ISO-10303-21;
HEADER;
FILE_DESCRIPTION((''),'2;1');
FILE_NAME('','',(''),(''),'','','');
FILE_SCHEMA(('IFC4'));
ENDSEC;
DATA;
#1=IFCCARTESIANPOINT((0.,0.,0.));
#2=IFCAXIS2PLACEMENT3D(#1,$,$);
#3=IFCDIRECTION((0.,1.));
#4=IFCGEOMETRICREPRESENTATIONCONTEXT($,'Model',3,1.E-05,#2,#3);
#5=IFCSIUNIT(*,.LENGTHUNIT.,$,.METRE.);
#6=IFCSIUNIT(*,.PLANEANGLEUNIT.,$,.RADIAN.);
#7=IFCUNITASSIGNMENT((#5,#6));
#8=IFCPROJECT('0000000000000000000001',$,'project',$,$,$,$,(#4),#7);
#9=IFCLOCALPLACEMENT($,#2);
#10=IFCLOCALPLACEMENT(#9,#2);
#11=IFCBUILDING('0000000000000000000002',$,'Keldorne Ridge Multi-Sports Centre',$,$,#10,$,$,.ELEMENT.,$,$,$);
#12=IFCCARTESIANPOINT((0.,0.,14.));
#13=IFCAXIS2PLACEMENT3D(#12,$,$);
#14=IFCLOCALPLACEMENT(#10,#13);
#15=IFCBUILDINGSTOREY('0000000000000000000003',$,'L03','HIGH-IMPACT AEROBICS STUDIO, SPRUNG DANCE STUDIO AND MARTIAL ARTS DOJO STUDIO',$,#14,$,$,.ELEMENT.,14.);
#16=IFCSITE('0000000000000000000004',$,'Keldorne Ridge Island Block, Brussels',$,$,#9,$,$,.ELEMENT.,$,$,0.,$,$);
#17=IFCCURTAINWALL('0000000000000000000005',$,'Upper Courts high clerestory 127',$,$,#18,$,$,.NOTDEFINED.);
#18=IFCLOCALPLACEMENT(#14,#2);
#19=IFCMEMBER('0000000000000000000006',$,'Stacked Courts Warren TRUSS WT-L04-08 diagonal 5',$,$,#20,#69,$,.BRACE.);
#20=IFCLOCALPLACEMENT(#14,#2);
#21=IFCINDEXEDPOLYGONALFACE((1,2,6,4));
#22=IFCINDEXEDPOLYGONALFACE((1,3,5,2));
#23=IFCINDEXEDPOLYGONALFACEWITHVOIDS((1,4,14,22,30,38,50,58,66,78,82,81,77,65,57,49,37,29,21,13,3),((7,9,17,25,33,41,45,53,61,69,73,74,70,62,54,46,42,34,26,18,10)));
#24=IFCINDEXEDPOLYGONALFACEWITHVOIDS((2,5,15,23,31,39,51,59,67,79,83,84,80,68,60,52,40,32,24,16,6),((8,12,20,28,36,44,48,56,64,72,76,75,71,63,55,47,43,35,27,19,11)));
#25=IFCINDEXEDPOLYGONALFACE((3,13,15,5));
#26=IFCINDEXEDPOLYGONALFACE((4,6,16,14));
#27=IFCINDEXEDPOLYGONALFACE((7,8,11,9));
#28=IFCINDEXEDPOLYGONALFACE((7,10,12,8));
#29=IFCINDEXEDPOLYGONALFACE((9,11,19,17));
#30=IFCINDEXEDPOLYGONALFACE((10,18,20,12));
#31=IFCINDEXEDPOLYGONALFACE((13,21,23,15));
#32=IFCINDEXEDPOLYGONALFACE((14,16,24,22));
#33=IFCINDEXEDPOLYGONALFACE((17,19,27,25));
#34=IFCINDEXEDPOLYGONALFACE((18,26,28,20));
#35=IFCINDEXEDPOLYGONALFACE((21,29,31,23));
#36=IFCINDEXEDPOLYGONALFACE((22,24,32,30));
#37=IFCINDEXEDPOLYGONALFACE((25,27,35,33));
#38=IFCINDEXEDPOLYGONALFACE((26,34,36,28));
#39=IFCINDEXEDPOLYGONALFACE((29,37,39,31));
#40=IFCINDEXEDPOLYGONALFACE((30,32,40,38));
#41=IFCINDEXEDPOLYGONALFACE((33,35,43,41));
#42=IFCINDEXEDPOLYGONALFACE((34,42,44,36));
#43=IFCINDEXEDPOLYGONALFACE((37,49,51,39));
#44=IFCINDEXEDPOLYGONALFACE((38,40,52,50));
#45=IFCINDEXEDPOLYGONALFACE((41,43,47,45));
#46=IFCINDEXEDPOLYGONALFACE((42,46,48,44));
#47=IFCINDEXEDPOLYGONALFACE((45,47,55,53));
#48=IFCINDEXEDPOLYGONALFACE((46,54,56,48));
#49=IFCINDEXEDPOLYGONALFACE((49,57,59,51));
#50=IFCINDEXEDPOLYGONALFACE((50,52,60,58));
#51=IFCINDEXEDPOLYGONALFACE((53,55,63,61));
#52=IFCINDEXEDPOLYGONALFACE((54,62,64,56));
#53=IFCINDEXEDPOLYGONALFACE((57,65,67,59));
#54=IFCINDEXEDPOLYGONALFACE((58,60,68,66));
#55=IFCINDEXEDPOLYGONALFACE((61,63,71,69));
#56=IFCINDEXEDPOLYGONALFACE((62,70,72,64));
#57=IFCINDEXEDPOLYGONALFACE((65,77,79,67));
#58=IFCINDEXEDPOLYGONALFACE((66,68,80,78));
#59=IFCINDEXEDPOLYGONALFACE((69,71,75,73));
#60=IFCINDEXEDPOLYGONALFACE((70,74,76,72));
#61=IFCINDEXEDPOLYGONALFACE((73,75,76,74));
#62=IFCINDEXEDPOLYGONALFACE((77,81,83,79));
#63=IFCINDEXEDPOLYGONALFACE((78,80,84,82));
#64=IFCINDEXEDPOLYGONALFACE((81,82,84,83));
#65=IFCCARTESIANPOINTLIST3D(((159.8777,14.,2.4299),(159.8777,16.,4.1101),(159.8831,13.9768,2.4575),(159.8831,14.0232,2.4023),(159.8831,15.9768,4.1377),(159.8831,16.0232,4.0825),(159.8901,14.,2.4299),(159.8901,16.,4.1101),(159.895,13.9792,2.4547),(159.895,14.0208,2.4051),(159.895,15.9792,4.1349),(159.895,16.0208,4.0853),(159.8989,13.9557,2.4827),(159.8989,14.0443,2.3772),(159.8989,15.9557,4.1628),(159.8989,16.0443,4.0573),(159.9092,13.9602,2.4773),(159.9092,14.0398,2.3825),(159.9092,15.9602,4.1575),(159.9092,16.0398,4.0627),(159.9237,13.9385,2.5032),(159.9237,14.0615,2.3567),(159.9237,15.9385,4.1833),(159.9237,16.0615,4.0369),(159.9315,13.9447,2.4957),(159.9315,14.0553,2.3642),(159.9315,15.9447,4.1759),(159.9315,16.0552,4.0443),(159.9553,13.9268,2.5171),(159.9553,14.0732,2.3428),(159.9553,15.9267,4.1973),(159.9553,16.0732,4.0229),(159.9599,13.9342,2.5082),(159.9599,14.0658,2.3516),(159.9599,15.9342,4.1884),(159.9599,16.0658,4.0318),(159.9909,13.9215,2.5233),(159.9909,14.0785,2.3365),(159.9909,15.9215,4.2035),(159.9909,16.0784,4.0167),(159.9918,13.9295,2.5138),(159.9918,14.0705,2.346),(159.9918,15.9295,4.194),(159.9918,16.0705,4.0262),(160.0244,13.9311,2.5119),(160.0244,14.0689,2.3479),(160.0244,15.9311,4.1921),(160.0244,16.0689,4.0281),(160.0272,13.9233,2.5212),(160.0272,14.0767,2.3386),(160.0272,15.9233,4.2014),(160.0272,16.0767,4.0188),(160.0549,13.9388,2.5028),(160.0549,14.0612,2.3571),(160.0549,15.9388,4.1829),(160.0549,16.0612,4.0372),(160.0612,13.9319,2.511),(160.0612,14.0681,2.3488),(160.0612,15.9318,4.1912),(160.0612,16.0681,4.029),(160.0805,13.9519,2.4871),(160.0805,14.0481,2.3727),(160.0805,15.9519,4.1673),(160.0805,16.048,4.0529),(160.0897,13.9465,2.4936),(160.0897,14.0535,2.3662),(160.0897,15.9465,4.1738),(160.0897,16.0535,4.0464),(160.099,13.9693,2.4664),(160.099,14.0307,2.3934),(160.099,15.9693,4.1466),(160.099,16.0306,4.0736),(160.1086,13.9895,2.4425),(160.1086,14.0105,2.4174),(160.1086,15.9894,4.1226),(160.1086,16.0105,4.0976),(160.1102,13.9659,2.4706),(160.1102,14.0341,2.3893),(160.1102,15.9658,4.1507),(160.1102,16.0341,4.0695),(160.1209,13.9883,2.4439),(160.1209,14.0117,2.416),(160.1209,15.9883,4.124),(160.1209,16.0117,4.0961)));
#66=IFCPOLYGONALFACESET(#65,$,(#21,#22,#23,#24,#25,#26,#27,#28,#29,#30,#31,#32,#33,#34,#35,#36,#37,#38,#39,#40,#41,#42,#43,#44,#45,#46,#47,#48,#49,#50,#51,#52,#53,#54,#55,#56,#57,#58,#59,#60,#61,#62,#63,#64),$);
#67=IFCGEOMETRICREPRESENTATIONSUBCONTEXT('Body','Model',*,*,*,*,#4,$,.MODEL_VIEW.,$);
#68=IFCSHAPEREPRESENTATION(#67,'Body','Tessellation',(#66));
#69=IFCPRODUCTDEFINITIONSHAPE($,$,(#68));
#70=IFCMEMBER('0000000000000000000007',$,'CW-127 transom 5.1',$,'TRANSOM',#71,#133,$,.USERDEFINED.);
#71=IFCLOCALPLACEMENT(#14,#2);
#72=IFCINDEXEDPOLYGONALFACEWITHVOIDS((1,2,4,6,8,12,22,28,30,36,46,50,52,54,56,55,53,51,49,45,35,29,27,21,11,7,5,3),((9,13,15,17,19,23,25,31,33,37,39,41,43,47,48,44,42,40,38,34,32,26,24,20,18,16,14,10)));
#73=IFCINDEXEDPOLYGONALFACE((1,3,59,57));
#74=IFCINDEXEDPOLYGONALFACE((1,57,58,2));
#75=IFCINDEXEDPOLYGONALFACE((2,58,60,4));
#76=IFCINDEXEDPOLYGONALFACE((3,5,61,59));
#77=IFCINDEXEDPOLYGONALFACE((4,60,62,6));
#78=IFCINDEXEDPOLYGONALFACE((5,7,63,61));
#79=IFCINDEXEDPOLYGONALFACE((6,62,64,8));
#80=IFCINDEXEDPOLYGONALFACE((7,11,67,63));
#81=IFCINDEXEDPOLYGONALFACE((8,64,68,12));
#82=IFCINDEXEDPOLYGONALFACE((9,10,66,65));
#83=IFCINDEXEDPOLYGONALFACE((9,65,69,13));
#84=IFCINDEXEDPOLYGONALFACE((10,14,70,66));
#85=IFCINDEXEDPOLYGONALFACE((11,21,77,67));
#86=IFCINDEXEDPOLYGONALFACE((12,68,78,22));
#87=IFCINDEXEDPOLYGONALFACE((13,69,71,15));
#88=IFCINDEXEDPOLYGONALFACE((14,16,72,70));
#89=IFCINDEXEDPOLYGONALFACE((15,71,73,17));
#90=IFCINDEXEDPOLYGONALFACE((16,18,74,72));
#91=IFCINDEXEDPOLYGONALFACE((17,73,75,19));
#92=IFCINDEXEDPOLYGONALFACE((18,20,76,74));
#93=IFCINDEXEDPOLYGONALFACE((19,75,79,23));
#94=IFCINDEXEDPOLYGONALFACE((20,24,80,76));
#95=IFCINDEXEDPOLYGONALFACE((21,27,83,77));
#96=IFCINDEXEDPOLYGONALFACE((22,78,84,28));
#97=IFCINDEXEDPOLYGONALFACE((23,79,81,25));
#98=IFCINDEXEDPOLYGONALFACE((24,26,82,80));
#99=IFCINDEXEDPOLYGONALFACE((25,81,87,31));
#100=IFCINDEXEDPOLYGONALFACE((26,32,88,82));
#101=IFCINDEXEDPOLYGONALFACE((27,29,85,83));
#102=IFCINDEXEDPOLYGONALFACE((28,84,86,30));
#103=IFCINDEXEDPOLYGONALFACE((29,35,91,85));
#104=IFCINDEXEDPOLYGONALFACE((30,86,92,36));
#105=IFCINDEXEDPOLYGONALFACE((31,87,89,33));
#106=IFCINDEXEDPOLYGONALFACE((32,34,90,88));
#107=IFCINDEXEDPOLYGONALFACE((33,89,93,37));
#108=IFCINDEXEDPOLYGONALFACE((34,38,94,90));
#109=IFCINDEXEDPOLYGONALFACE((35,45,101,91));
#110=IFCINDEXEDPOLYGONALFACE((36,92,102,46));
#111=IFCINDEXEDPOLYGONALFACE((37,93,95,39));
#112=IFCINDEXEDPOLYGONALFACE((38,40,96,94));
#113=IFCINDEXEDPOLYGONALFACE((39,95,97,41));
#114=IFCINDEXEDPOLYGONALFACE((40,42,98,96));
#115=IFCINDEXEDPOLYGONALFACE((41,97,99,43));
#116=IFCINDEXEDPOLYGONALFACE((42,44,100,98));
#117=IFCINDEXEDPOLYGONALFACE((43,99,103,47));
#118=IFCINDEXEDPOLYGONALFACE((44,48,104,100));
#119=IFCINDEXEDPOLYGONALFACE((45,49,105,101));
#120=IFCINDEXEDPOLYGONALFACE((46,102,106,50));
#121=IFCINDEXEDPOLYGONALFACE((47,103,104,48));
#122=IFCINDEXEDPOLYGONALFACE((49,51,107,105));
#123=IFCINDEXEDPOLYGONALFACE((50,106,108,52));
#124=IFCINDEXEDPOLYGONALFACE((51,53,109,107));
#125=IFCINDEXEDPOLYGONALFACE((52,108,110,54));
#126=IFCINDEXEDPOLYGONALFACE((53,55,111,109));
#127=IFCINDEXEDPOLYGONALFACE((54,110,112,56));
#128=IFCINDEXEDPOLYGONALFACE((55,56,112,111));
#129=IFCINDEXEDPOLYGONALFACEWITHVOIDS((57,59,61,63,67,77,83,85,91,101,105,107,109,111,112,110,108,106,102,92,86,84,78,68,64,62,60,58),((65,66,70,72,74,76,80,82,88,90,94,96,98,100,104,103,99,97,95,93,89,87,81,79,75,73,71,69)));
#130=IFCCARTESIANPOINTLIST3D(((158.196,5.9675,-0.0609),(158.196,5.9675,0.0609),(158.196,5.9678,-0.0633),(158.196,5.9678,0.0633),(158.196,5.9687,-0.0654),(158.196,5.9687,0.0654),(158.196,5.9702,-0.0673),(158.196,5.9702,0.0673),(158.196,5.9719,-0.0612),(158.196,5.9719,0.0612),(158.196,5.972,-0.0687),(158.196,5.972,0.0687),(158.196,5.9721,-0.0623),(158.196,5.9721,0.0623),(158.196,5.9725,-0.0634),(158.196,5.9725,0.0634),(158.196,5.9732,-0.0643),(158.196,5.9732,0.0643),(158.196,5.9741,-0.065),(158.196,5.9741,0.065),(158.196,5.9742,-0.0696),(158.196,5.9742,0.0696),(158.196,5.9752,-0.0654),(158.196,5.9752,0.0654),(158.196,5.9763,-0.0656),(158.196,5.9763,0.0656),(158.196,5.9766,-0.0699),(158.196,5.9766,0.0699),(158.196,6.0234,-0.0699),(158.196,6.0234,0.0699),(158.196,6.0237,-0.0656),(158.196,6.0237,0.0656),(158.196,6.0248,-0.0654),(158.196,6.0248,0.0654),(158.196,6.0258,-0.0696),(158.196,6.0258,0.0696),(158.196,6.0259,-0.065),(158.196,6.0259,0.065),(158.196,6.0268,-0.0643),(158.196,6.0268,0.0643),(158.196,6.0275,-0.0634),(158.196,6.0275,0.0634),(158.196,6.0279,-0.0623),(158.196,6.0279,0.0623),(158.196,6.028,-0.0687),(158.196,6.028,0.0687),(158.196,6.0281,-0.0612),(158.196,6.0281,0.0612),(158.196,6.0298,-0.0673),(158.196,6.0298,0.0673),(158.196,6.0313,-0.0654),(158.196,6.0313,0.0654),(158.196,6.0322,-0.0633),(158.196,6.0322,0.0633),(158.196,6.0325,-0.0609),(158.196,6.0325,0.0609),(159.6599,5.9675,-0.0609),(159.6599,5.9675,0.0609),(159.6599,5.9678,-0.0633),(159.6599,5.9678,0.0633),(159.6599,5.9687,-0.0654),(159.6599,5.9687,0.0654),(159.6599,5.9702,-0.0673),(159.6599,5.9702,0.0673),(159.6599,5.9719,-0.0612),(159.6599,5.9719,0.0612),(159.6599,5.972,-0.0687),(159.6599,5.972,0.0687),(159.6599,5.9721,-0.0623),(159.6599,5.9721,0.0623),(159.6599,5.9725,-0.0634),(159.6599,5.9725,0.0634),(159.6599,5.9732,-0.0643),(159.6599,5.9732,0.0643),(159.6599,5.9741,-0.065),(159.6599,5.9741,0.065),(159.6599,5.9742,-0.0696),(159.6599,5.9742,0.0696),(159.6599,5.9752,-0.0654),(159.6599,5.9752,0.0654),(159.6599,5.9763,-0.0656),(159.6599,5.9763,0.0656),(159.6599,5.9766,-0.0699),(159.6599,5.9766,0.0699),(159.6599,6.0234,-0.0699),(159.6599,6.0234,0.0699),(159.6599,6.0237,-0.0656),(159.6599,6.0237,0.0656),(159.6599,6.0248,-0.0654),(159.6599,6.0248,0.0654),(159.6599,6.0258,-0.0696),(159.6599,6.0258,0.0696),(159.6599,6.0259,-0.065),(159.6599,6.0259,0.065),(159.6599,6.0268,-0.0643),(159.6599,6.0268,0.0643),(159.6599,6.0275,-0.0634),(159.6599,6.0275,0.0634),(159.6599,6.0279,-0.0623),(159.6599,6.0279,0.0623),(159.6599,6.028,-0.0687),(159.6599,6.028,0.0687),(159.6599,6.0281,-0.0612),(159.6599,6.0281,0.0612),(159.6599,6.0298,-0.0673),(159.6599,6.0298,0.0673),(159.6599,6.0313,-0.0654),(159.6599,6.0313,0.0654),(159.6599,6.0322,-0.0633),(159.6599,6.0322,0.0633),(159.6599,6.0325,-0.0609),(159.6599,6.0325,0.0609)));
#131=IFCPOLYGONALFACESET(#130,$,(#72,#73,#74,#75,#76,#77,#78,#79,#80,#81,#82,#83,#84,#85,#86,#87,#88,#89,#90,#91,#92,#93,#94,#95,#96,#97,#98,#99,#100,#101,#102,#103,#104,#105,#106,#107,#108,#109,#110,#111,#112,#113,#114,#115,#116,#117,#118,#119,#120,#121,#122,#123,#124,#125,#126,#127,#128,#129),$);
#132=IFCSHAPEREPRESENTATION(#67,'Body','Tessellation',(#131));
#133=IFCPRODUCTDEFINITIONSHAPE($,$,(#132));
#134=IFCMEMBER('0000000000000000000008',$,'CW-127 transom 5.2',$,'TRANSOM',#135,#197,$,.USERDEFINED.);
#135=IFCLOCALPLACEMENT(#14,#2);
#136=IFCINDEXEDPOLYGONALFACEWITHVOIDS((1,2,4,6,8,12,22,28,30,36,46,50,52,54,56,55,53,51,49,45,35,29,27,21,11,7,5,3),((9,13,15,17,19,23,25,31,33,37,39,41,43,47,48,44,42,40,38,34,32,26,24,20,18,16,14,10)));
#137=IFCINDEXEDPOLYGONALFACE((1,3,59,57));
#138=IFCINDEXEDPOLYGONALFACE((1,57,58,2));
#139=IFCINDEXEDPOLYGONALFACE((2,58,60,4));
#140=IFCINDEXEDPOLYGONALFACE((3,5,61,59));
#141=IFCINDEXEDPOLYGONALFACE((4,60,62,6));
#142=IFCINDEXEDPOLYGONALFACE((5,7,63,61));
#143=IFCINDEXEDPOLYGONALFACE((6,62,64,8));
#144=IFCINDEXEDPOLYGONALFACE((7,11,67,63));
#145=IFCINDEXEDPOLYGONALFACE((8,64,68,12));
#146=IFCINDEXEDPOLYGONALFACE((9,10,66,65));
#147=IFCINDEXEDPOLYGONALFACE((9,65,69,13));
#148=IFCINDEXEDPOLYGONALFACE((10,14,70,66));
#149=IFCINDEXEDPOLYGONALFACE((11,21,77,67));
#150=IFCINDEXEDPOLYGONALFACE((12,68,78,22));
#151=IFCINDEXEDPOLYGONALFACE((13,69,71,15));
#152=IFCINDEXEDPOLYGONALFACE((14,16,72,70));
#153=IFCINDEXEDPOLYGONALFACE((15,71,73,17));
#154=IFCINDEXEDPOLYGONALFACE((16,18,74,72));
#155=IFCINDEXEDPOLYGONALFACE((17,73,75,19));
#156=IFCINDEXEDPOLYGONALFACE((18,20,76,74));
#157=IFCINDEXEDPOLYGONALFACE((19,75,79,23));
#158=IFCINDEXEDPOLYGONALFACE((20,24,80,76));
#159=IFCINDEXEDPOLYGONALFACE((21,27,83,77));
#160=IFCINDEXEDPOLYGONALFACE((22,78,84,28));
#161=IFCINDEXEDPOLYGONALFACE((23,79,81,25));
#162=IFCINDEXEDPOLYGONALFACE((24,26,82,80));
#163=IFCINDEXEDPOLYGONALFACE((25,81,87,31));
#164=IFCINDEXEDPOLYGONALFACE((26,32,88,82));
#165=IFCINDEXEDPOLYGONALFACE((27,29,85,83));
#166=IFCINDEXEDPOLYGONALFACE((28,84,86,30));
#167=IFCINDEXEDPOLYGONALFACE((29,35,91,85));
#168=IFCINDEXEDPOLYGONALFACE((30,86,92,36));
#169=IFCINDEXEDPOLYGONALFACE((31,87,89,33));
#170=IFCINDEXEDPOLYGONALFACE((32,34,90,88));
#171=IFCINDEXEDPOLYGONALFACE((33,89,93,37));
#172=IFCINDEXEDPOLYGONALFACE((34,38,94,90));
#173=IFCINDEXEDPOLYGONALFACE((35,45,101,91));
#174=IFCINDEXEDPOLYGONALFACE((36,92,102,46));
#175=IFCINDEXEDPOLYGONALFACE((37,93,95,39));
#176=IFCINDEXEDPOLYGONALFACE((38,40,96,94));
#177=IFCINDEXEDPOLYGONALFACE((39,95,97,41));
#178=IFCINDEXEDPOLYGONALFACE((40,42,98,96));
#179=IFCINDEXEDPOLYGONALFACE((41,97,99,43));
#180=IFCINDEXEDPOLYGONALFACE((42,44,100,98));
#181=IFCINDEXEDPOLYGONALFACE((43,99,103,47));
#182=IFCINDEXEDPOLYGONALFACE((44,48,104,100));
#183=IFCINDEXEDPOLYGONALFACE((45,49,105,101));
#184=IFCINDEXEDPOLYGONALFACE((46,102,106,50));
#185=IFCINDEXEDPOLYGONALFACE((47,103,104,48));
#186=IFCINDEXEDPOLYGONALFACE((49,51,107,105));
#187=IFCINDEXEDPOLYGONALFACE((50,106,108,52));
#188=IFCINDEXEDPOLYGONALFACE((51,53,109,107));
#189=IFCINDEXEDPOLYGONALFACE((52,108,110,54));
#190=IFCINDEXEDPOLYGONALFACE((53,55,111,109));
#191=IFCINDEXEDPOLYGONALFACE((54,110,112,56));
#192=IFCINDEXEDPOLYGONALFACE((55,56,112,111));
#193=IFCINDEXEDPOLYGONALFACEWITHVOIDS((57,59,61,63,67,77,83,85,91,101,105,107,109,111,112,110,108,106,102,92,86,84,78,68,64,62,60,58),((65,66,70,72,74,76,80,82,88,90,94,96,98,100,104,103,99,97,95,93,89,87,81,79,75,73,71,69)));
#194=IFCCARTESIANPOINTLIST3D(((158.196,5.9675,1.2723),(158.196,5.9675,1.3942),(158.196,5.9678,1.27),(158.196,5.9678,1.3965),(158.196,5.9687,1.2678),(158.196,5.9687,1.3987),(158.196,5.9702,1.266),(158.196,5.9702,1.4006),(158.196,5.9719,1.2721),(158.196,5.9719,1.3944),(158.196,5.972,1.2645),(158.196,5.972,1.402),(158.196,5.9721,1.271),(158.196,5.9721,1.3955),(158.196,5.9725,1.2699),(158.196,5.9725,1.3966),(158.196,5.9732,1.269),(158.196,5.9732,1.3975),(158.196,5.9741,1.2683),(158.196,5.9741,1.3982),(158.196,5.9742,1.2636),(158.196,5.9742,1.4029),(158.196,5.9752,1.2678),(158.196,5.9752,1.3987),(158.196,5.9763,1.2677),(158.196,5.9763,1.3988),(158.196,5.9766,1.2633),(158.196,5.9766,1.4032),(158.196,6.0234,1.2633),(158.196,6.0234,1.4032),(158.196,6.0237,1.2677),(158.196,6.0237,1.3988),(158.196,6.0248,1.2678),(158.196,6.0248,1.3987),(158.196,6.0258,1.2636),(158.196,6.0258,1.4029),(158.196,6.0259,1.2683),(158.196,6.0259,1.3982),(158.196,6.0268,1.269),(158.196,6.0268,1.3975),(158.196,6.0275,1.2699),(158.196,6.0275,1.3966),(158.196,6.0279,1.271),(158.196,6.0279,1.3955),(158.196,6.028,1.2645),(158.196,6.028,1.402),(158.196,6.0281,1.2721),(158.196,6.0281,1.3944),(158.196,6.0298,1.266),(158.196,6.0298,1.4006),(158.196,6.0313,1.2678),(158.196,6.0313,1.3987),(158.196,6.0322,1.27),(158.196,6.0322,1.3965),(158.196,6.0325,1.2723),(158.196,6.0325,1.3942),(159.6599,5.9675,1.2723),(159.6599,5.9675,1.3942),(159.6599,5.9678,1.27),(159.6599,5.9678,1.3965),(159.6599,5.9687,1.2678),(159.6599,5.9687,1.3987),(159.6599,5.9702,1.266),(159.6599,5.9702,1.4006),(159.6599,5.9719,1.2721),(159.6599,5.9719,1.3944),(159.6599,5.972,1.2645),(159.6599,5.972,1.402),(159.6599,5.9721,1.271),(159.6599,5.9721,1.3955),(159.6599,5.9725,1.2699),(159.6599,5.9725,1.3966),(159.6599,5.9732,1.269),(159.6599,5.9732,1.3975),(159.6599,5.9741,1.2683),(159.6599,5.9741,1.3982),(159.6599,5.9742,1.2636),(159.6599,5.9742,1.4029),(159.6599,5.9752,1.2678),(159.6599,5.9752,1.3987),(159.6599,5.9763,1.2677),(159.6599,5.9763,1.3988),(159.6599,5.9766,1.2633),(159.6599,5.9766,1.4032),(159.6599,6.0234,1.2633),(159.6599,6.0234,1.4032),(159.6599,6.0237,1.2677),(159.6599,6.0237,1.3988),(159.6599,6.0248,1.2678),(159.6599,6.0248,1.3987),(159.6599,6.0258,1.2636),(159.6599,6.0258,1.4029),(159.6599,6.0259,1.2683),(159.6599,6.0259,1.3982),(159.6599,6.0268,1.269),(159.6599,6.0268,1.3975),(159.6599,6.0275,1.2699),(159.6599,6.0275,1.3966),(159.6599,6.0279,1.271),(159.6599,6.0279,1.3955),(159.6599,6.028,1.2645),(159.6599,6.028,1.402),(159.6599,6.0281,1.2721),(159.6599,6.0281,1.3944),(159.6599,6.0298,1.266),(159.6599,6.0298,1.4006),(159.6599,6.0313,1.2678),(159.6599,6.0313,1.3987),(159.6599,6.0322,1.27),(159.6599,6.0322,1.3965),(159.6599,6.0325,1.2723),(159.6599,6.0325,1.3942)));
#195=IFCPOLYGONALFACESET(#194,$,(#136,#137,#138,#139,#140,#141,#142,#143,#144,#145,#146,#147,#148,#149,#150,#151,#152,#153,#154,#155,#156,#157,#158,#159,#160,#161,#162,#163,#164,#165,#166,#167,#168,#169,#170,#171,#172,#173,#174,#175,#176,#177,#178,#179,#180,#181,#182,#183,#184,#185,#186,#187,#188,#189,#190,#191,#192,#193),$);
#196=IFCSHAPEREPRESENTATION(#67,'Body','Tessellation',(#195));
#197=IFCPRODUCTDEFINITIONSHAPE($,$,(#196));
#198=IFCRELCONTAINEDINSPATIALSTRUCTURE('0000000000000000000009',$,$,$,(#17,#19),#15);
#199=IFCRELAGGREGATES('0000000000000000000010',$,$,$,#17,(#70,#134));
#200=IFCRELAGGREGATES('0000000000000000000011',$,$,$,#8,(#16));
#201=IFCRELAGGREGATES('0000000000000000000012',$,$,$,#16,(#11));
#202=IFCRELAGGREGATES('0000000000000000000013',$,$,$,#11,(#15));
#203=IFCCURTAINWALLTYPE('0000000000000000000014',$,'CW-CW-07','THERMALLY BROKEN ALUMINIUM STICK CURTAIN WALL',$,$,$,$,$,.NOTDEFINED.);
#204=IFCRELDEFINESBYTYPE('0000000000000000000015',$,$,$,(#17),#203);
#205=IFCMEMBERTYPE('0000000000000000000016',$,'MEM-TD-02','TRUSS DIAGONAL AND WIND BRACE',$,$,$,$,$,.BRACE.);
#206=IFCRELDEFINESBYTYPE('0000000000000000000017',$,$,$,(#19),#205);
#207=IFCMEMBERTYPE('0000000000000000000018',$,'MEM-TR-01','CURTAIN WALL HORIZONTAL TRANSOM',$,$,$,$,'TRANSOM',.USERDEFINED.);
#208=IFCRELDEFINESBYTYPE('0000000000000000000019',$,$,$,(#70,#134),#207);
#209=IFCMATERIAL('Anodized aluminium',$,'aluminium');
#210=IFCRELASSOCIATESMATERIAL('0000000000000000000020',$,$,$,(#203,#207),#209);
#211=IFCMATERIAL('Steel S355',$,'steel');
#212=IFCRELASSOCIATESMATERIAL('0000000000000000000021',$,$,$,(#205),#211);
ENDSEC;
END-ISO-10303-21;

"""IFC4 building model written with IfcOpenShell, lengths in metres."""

from ifc_helpers import new_model, si_unit, direction, frame, origin, origin_2d, place, context, subcontext, project, spatial, hollow_rectangle, hollow_circle, extrude, material, material_profile, profile_set, type_object, element, aggregate, save


model = new_model("IFC4")

# Units and contexts
model_context = context("Model", 3, precision=1e-05, world=origin(), true_north=direction((0.0, 1.0)))
body_context = subcontext(model_context, "Body", "Model", "MODEL_VIEW")
ifc_project = project(units=[si_unit("LENGTHUNIT", "METRE"), si_unit("PLANEANGLEUNIT", "RADIAN")], contexts=[model_context])

# Site, building, storey
site_placement = place(None, origin())
site = spatial("IfcSite", under=ifc_project, at=site_placement, Name="Keldorne Ridge Island Block, Brussels", CompositionType="ELEMENT", RefElevation=0.0)
building_placement = place(site_placement, origin())
building = spatial("IfcBuilding", under=site, at=building_placement, Name="Keldorne Ridge Multi-Sports Centre", CompositionType="ELEMENT")
storey_placement = place(building_placement, frame((0.0, 0.0, 14.0)))
storey = spatial("IfcBuildingStorey", under=building, at=storey_placement, Name="L03", Description="HIGH-IMPACT AEROBICS STUDIO, SPRUNG DANCE STUDIO AND MARTIAL ARTS DOJO STUDIO", CompositionType="ELEMENT", Elevation=14.0)

# Shared definitions
ifc_material_1 = material(Name="Steel S355", Category="steel")

# Curtain wall
ifc_material_2 = material(Name="Anodized aluminium", Category="aluminium")
curtain_wall_type_1 = type_object("IfcCurtainWallType", Name="CW-CW-07", Description="THERMALLY BROKEN ALUMINIUM STICK CURTAIN WALL", PredefinedType="NOTDEFINED", material=ifc_material_2)
curtain_wall_1_placement = place(storey_placement, origin())
curtain_wall_1 = element("IfcCurtainWall", 1, at=curtain_wall_1_placement, inside=storey, type_object=curtain_wall_type_1, Name="Upper Courts high clerestory 127", PredefinedType="NOTDEFINED")

# Member
ifc_material_profile_1 = material_profile(ifc_material_1, hollow_circle(Radius=0.1223, WallThickness=0.0125, at=origin_2d()), Name="CHS 244.5x12.5")
ifc_profile_set_1 = profile_set([ifc_material_profile_1], Name="Steel S355")
member_type_1 = type_object("IfcMemberType", Name="MEM-TD-02", Description="TRUSS DIAGONAL AND WIND BRACE", PredefinedType="BRACE", material=ifc_profile_set_1)
member_1_placement = place(storey_placement, frame((160.0, 14.0, 2.4299), z_axis=(0.0, 0.765672, 0.643232), x_axis=(-1.0, 0.0, 0.0)))
element("IfcMember", 2, at=member_1_placement, inside=storey, type_object=member_type_1, Name="Stacked Courts Warren TRUSS WT-L04-08 diagonal 5", PredefinedType="BRACE", context=body_context, shape_type="SweptSolid", body=[
    extrude(hollow_circle(Radius=0.1223, WallThickness=0.0125, at=origin_2d()), origin(), (0.0, 0.0, 1.0), 2.6121),
])

# Members
ifc_material_profile_2 = material_profile(ifc_material_2, hollow_rectangle(XDim=0.0649, YDim=0.1399, WallThickness=0.0044, InnerFilletRadius=0.0044, OuterFilletRadius=0.009, at=origin_2d()), Name="ALU TRANSOM 140x65x4.5")
ifc_profile_set_2 = profile_set([ifc_material_profile_2], Name="Anodized aluminium")
member_type_2 = type_object("IfcMemberType", Name="MEM-TR-01", Description="CURTAIN WALL HORIZONTAL TRANSOM", ElementType="TRANSOM", PredefinedType="USERDEFINED", material=ifc_profile_set_2)
member_2_placement = place(storey_placement, frame((158.196, 6.0, 0.0), z_axis=(1.0, 0.0, 0.0), x_axis=(0.0, 1.0, 0.0)))
member_2 = element("IfcMember", 3, at=member_2_placement, type_object=member_type_2, Name="CW-127 transom 5.1", ObjectType="TRANSOM", PredefinedType="USERDEFINED", context=body_context, shape_type="SweptSolid", body=[
    extrude(hollow_rectangle(XDim=0.0649, YDim=0.1399, WallThickness=0.0044, InnerFilletRadius=0.0044, OuterFilletRadius=0.009, at=origin_2d()), origin(), (0.0, 0.0, 1.0), 1.4639),
])
member_3_placement = place(storey_placement, frame((158.196, 6.0, 1.3333), z_axis=(1.0, 0.0, 0.0), x_axis=(0.0, 1.0, 0.0)))
member_3 = element("IfcMember", 4, at=member_3_placement, type_object=member_type_2, Name="CW-127 transom 5.2", ObjectType="TRANSOM", PredefinedType="USERDEFINED", context=body_context, shape_type="SweptSolid", body=[
    extrude(hollow_rectangle(XDim=0.0649, YDim=0.1399, WallThickness=0.0044, InnerFilletRadius=0.0044, OuterFilletRadius=0.009, at=origin_2d()), origin(), (0.0, 0.0, 1.0), 1.4639),
])

aggregate(curtain_wall_1, [member_2, member_3])

save(model, "model.ifc")
